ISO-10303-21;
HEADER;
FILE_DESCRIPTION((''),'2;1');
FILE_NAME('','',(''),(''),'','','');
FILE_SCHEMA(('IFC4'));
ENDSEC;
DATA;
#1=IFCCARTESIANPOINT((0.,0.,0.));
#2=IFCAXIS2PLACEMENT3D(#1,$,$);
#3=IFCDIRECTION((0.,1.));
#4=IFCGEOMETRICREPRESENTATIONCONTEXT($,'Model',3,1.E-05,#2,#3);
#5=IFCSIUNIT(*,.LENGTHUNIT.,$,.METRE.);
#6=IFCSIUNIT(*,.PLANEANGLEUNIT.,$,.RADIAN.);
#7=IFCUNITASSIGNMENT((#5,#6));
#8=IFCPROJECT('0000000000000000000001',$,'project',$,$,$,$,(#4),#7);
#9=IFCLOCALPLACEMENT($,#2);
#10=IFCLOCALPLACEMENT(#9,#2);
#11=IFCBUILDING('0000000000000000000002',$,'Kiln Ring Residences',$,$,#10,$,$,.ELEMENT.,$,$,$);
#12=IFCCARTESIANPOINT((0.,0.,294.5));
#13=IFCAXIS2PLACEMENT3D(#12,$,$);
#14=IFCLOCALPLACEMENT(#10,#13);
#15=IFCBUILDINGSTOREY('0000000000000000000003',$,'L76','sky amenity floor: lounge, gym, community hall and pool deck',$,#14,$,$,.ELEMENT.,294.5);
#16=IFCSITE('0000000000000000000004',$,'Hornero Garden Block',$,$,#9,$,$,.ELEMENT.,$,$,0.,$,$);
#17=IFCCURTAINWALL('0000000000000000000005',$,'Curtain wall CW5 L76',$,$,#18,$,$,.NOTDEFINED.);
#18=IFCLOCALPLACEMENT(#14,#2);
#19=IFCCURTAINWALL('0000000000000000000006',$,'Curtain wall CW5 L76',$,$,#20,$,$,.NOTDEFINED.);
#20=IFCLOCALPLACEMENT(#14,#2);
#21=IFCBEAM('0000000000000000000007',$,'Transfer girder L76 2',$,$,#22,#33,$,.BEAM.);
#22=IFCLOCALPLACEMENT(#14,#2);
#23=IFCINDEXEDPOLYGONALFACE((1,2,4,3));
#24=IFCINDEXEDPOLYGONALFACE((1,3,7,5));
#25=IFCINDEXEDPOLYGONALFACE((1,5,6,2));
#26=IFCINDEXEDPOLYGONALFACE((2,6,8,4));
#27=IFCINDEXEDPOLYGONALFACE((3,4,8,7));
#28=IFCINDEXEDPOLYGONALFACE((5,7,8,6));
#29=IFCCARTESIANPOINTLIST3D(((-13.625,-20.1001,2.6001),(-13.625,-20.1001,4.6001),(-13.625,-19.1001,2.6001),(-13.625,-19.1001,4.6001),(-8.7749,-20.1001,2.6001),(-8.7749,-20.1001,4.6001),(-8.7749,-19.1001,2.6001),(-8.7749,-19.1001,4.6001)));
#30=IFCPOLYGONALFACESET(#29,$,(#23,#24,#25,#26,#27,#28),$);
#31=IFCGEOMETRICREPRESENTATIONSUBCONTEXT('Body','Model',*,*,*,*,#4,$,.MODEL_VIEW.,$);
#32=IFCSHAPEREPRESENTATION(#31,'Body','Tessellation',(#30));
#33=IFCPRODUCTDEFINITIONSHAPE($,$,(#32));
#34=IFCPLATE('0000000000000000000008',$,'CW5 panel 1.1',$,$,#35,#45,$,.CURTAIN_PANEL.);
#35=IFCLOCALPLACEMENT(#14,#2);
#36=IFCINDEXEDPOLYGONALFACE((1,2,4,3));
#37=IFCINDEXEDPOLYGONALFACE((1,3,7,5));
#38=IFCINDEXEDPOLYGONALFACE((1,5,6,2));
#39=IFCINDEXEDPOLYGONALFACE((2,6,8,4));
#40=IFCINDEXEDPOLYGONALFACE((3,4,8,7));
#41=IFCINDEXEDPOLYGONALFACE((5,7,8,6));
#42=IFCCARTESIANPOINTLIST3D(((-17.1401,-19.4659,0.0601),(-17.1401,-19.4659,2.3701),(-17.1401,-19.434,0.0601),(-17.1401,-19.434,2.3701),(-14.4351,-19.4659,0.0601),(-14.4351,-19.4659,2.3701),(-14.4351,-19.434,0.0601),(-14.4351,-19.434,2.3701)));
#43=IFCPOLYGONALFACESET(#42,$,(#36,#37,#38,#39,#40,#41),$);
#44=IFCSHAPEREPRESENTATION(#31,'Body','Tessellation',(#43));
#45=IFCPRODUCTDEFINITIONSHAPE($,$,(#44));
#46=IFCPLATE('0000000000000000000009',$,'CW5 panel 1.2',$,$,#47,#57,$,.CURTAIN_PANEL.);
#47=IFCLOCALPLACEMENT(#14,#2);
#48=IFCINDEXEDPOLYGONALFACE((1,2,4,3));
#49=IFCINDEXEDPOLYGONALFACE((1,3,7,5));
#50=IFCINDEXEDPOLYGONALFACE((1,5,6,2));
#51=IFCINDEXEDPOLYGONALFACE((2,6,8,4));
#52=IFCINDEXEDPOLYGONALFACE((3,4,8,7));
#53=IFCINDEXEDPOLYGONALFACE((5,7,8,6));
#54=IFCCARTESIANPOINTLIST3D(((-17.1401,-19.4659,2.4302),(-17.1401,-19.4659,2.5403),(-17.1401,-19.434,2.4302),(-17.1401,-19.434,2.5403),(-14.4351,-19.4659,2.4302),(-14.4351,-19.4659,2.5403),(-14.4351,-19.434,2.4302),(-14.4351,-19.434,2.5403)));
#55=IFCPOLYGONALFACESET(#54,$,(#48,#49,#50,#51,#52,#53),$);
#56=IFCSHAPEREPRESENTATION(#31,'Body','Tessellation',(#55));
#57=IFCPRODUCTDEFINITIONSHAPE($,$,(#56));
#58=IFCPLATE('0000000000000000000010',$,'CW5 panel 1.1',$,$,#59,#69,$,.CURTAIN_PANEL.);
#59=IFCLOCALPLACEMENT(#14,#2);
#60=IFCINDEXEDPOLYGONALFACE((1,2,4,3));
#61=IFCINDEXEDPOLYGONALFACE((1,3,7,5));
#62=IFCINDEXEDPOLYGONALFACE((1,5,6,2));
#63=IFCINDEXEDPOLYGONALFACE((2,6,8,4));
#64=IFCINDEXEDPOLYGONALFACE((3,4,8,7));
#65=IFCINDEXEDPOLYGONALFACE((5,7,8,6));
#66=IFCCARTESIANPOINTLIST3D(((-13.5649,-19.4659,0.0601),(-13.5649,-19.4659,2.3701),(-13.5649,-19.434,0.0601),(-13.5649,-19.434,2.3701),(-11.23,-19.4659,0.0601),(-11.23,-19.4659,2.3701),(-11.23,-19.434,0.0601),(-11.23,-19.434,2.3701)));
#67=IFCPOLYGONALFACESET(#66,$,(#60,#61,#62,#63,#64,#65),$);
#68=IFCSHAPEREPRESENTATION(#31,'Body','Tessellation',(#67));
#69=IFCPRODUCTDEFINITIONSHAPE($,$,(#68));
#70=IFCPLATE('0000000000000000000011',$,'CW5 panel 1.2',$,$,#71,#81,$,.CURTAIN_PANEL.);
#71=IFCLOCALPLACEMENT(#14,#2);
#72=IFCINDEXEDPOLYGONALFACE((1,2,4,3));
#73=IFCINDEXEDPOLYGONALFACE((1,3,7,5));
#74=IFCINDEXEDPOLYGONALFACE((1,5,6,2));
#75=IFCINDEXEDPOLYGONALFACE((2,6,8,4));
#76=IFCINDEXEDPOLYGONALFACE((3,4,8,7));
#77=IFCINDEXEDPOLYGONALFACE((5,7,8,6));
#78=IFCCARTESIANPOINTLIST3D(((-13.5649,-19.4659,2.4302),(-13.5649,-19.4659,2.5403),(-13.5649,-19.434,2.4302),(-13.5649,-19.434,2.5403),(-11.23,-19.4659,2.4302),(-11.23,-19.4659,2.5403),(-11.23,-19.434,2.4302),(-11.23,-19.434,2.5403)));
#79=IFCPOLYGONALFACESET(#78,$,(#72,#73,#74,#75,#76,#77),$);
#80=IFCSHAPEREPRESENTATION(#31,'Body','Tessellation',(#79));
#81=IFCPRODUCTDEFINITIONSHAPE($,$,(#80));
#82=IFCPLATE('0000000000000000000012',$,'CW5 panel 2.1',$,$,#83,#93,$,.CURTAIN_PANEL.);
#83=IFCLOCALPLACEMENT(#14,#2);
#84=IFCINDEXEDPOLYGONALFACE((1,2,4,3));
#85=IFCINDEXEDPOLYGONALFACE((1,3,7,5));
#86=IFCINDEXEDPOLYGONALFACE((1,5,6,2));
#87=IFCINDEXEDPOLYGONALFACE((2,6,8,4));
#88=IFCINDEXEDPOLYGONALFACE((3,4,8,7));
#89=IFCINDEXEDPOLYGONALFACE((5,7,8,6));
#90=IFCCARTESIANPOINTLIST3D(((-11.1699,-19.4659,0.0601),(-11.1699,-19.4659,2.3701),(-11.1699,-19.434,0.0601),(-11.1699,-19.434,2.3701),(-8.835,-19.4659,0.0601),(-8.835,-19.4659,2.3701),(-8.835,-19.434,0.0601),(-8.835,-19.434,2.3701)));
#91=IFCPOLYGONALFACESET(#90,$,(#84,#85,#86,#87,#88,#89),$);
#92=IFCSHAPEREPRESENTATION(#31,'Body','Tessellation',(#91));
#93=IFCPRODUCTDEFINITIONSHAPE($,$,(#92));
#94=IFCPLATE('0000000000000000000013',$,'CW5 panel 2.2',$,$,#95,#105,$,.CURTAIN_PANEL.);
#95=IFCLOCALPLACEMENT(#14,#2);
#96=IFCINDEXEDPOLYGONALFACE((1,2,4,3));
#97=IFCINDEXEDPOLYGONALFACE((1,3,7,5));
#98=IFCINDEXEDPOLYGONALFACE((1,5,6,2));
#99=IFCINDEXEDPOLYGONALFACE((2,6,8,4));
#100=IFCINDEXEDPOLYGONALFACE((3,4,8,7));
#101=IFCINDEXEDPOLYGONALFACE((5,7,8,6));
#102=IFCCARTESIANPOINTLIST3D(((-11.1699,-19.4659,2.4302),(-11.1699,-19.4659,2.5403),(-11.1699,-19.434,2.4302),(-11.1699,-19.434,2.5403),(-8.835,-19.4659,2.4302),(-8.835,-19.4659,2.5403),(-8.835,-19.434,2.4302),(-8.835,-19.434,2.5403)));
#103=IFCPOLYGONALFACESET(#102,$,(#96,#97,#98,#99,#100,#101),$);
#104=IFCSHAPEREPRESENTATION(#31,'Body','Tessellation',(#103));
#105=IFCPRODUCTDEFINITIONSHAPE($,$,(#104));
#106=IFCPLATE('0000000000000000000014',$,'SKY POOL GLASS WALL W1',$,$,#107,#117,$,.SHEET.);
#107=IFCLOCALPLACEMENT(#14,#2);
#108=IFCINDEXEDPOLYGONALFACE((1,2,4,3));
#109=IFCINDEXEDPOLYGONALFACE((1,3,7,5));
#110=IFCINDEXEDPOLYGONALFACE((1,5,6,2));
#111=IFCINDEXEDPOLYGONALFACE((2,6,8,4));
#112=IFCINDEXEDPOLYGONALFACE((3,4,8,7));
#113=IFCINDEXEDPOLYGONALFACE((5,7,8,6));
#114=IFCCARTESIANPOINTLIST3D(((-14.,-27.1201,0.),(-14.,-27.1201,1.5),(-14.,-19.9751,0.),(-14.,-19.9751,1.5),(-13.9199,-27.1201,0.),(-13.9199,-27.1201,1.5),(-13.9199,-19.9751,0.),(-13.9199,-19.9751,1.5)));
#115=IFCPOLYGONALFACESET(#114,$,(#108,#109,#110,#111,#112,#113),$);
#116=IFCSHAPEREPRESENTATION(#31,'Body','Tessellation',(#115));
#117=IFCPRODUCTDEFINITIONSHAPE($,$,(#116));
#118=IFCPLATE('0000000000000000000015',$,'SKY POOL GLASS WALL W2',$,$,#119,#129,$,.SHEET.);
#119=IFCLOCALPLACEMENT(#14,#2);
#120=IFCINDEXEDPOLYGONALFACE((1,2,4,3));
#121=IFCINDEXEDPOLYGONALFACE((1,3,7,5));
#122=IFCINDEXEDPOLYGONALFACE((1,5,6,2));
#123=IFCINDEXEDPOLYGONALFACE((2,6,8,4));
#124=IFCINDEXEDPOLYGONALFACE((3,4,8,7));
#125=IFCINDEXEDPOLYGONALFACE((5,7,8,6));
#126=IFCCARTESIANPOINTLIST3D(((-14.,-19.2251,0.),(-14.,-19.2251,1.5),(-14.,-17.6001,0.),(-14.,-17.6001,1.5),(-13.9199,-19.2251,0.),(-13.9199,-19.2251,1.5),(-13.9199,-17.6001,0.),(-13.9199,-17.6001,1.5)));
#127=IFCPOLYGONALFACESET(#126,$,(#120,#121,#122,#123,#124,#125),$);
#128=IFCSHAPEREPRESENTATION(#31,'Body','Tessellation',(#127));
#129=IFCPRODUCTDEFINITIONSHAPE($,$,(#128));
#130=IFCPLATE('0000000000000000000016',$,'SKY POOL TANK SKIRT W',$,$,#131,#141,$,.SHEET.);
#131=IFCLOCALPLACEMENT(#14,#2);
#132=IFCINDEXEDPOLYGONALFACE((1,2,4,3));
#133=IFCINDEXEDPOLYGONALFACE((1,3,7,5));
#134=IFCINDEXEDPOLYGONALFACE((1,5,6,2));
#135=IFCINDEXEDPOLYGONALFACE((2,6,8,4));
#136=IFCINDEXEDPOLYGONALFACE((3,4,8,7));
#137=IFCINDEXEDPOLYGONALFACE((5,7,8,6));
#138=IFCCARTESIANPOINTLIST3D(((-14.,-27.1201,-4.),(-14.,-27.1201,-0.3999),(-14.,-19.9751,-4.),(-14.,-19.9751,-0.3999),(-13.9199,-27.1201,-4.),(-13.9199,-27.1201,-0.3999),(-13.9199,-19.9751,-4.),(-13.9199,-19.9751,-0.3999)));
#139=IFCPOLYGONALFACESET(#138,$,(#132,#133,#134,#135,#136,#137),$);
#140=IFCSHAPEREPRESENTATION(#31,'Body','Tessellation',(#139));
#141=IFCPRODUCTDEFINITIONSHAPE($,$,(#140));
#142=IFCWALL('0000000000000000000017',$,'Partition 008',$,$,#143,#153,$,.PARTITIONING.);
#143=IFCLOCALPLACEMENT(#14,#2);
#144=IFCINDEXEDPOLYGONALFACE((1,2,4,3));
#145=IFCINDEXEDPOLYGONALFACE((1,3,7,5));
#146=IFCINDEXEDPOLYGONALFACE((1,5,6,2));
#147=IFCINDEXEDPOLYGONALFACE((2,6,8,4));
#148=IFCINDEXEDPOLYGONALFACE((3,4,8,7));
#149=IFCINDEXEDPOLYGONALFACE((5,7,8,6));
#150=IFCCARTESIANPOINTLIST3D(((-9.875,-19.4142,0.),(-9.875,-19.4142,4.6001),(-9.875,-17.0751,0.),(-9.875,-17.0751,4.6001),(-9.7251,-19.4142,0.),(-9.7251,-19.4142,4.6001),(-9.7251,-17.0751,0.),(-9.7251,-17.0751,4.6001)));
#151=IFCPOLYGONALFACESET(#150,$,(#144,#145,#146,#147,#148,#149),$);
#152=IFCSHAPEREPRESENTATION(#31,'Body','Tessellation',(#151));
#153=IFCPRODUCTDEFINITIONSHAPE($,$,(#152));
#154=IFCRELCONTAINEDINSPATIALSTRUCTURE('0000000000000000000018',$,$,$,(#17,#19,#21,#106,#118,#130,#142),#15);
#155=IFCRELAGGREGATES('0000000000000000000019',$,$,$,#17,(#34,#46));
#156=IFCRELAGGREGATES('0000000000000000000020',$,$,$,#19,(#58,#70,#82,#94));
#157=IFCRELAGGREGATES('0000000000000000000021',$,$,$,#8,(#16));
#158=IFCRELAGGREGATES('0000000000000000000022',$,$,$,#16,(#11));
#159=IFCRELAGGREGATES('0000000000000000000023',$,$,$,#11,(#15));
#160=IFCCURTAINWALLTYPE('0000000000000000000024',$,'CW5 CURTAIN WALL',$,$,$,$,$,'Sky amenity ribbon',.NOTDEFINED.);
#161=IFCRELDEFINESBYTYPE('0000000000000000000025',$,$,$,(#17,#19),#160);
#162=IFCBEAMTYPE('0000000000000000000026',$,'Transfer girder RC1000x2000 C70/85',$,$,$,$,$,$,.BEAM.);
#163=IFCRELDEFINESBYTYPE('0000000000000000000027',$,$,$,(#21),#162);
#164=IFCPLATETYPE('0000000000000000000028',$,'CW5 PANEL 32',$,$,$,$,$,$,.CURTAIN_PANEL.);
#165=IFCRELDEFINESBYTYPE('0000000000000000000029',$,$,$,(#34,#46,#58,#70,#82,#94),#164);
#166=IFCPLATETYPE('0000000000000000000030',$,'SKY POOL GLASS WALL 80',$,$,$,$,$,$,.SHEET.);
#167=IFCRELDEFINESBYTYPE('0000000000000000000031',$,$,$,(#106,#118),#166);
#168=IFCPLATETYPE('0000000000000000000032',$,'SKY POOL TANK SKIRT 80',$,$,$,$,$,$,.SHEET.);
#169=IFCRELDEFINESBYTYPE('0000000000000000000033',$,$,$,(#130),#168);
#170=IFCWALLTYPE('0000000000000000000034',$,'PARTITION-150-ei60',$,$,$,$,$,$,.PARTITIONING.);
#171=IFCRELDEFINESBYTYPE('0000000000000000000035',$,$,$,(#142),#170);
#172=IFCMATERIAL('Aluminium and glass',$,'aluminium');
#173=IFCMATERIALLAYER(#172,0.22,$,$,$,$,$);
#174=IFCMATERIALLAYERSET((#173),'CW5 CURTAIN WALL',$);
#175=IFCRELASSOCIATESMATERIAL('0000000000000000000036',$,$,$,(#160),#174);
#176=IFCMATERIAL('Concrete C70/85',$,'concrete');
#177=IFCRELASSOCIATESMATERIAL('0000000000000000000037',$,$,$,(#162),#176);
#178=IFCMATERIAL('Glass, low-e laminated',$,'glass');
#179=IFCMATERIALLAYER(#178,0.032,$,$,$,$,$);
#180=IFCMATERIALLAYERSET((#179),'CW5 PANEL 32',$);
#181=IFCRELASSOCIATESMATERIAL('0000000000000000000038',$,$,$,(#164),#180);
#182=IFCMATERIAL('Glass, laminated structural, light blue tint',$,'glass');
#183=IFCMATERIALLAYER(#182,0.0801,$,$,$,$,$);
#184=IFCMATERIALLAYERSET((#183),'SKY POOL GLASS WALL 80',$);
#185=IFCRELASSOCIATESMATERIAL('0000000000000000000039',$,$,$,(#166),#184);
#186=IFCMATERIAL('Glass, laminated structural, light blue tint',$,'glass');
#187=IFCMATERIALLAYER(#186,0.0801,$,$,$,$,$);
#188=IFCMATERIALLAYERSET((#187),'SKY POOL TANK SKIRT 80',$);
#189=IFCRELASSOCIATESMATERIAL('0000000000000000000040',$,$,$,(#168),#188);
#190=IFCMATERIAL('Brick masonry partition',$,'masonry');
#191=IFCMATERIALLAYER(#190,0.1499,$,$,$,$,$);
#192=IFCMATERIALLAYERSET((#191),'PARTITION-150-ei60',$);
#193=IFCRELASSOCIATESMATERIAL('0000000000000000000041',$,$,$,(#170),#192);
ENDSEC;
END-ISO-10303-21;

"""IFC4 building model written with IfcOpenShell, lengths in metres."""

from ifc_helpers import new_model, si_unit, direction, frame, frame_2d, origin, origin_2d, place, context, subcontext, project, spatial, rectangle, extrude, material, layer, layer_set, material_profile, profile_set, type_object, element, aggregate, save


model = new_model("IFC4")

# Units and contexts
model_context = context("Model", 3, precision=1e-05, world=origin(), true_north=direction((0.0, 1.0)))
body_context = subcontext(model_context, "Body", "Model", "MODEL_VIEW")
ifc_project = project(units=[si_unit("LENGTHUNIT", "METRE"), si_unit("PLANEANGLEUNIT", "RADIAN")], contexts=[model_context])

# Site, building, storey
site_placement = place(None, origin())
site = spatial("IfcSite", under=ifc_project, at=site_placement, Name="Hornero Garden Block", CompositionType="ELEMENT", RefElevation=0.0)
building_placement = place(site_placement, origin())
building = spatial("IfcBuilding", under=site, at=building_placement, Name="Kiln Ring Residences", CompositionType="ELEMENT")
storey_placement = place(building_placement, frame((0.0, 0.0, 294.5)))
storey = spatial("IfcBuildingStorey", under=building, at=storey_placement, Name="L76", Description="sky amenity floor: lounge, gym, community hall and pool deck", CompositionType="ELEMENT", Elevation=294.5)

# Curtain wall
ifc_material_1 = material(Name="Aluminium and glass", Category="aluminium")
ifc_layer_1 = layer(ifc_material_1, 0.22)
ifc_layer_set_1 = layer_set([ifc_layer_1], Name="CW5 CURTAIN WALL")
curtain_wall_type = type_object("IfcCurtainWallType", Name="CW5 CURTAIN WALL", ElementType="Sky amenity ribbon", PredefinedType="NOTDEFINED", material=ifc_layer_set_1)
placement = place(storey_placement, origin())
curtain_wall_1 = element("IfcCurtainWall", 1, at=placement, inside=storey, type_object=curtain_wall_type, Name="Curtain wall CW5 L76", PredefinedType="NOTDEFINED")

# Curtain wall
curtain_wall_2 = element("IfcCurtainWall", 2, at=placement, inside=storey, type_object=curtain_wall_type, Name="Curtain wall CW5 L76", PredefinedType="NOTDEFINED")

# Beam
ifc_material_2 = material(Name="Concrete C70/85", Category="concrete")
ifc_material_profile_1 = material_profile(ifc_material_2, rectangle(XDim=1.0, YDim=2.0, at=origin_2d()), Name="RC1000x2000")
ifc_profile_set_1 = profile_set([ifc_material_profile_1], Name="Concrete C70/85")
beam_type = type_object("IfcBeamType", Name="Transfer girder RC1000x2000 C70/85", PredefinedType="BEAM", material=ifc_profile_set_1)
beam_placement = place(storey_placement, frame((-13.625, -19.6001, 3.6001), z_axis=(1.0, 0.0, 0.0), x_axis=(0.0, 1.0, 0.0)))
element("IfcBeam", 3, at=beam_placement, inside=storey, type_object=beam_type, Name="Transfer girder L76 2", PredefinedType="BEAM", context=body_context, shape_type="SweptSolid", body=[
    extrude(rectangle(XDim=1.0, YDim=2.0, at=origin_2d()), origin(), (0.0, 0.0, 1.0), 4.8501),
])

# Plates
ifc_material_3 = material(Name="Glass, low-e laminated", Category="glass")
ifc_layer_2 = layer(ifc_material_3, 0.032)
ifc_layer_set_2 = layer_set([ifc_layer_2], Name="CW5 PANEL 32")
plate_type_1 = type_object("IfcPlateType", Name="CW5 PANEL 32", PredefinedType="CURTAIN_PANEL", material=ifc_layer_set_2)
plate_1_placement = place(storey_placement, frame((-15.7876, -19.45, 0.0601), z_axis=(0.0, 0.0, 1.0), x_axis=(1.0, 0.0, 0.0)))
plate_1 = element("IfcPlate", 4, at=plate_1_placement, type_object=plate_type_1, Name="CW5 panel 1.1", PredefinedType="CURTAIN_PANEL", context=body_context, shape_type="SweptSolid", body=[
    extrude(rectangle(XDim=2.7051, YDim=0.032, at=origin_2d()), origin(), (0.0, 0.0, 1.0), 2.3101),
])
plate_2_placement = place(storey_placement, frame((-15.7876, -19.45, 2.4302), z_axis=(0.0, 0.0, 1.0), x_axis=(1.0, 0.0, 0.0)))
plate_2 = element("IfcPlate", 5, at=plate_2_placement, type_object=plate_type_1, Name="CW5 panel 1.2", PredefinedType="CURTAIN_PANEL", context=body_context, shape_type="SweptSolid", body=[
    extrude(rectangle(XDim=2.7051, YDim=0.032, at=origin_2d()), origin(), (0.0, 0.0, 1.0), 0.1101),
])
aggregate(curtain_wall_1, [plate_1, plate_2])
plate_3_placement = place(storey_placement, frame((-12.3975, -19.45, 0.0601), z_axis=(0.0, 0.0, 1.0), x_axis=(1.0, 0.0, 0.0)))
plate_3 = element("IfcPlate", 6, at=plate_3_placement, type_object=plate_type_1, Name="CW5 panel 1.1", PredefinedType="CURTAIN_PANEL", context=body_context, shape_type="SweptSolid", body=[
    extrude(rectangle(XDim=2.335, YDim=0.032, at=origin_2d()), origin(), (0.0, 0.0, 1.0), 2.3101),
])
plate_4_placement = place(storey_placement, frame((-12.3975, -19.45, 2.4302), z_axis=(0.0, 0.0, 1.0), x_axis=(1.0, 0.0, 0.0)))
plate_4 = element("IfcPlate", 7, at=plate_4_placement, type_object=plate_type_1, Name="CW5 panel 1.2", PredefinedType="CURTAIN_PANEL", context=body_context, shape_type="SweptSolid", body=[
    extrude(rectangle(XDim=2.335, YDim=0.032, at=origin_2d()), origin(), (0.0, 0.0, 1.0), 0.1101),
])
plate_5_placement = place(storey_placement, frame((-10.0024, -19.45, 0.0601), z_axis=(0.0, 0.0, 1.0), x_axis=(1.0, 0.0, 0.0)))
plate_5 = element("IfcPlate", 8, at=plate_5_placement, type_object=plate_type_1, Name="CW5 panel 2.1", PredefinedType="CURTAIN_PANEL", context=body_context, shape_type="SweptSolid", body=[
    extrude(rectangle(XDim=2.335, YDim=0.032, at=origin_2d()), origin(), (0.0, 0.0, 1.0), 2.3101),
])
plate_6_placement = place(storey_placement, frame((-10.0024, -19.45, 2.4302), z_axis=(0.0, 0.0, 1.0), x_axis=(1.0, 0.0, 0.0)))
plate_6 = element("IfcPlate", 9, at=plate_6_placement, type_object=plate_type_1, Name="CW5 panel 2.2", PredefinedType="CURTAIN_PANEL", context=body_context, shape_type="SweptSolid", body=[
    extrude(rectangle(XDim=2.335, YDim=0.032, at=origin_2d()), origin(), (0.0, 0.0, 1.0), 0.1101),
])
aggregate(curtain_wall_2, [plate_3, plate_4, plate_5, plate_6])

# Plates
ifc_material_4 = material(Name="Glass, laminated structural, light blue tint", Category="glass")
ifc_layer_3 = layer(ifc_material_4, 0.0801)
ifc_layer_set_3 = layer_set([ifc_layer_3], Name="SKY POOL GLASS WALL 80")
plate_type_2 = type_object("IfcPlateType", Name="SKY POOL GLASS WALL 80", PredefinedType="SHEET", material=ifc_layer_set_3)
plate_7_placement = place(storey_placement, frame((-13.96, -23.5476, 0.0), z_axis=(0.0, 0.0, 1.0), x_axis=(1.0, 0.0, 0.0)))
element("IfcPlate", 10, at=plate_7_placement, inside=storey, type_object=plate_type_2, Name="SKY POOL GLASS WALL W1", PredefinedType="SHEET", context=body_context, shape_type="SweptSolid", body=[
    extrude(rectangle(XDim=0.0801, YDim=7.145, at=origin_2d()), origin(), (0.0, 0.0, 1.0), 1.5),
])
plate_8_placement = place(storey_placement, frame((-13.96, -18.4126, 0.0), z_axis=(0.0, 0.0, 1.0), x_axis=(1.0, 0.0, 0.0)))
element("IfcPlate", 11, at=plate_8_placement, inside=storey, type_object=plate_type_2, Name="SKY POOL GLASS WALL W2", PredefinedType="SHEET", context=body_context, shape_type="SweptSolid", body=[
    extrude(rectangle(XDim=0.0801, YDim=1.625, at=origin_2d()), origin(), (0.0, 0.0, 1.0), 1.5),
])
ifc_material_5 = material(Name="Glass, laminated structural, light blue tint", Category="glass")
ifc_layer_4 = layer(ifc_material_5, 0.0801)
ifc_layer_set_4 = layer_set([ifc_layer_4], Name="SKY POOL TANK SKIRT 80")
plate_type_3 = type_object("IfcPlateType", Name="SKY POOL TANK SKIRT 80", PredefinedType="SHEET", material=ifc_layer_set_4)
plate_9_placement = place(storey_placement, frame((-13.96, -23.5476, -4.0), z_axis=(0.0, 0.0, 1.0), x_axis=(1.0, 0.0, 0.0)))
element("IfcPlate", 12, at=plate_9_placement, inside=storey, type_object=plate_type_3, Name="SKY POOL TANK SKIRT W", PredefinedType="SHEET", context=body_context, shape_type="SweptSolid", body=[
    extrude(rectangle(XDim=0.0801, YDim=7.145, at=origin_2d()), origin(), (0.0, 0.0, 1.0), 3.6001),
])

# Wall
ifc_material_6 = material(Name="Brick masonry partition", Category="masonry")
ifc_layer_5 = layer(ifc_material_6, 0.1499)
ifc_layer_set_5 = layer_set([ifc_layer_5], Name="PARTITION-150-ei60")
wall_type = type_object("IfcWallType", Name="PARTITION-150-ei60", PredefinedType="PARTITIONING", material=ifc_layer_set_5)
wall_placement = place(storey_placement, frame((-9.8, -19.4141, 0.0), z_axis=(0.0, 0.0, 1.0), x_axis=(0.0, 1.0, 0.0)))
element("IfcWall", 13, at=wall_placement, inside=storey, type_object=wall_type, Name="Partition 008", PredefinedType="PARTITIONING", context=body_context, shape_type="SweptSolid", body=[
    extrude(rectangle(XDim=2.3391, YDim=0.1499, at=frame_2d((1.1694, 0.0))), origin(), (0.0, 0.0, 1.0), 4.6001),
])

save(model, "model.ifc")
